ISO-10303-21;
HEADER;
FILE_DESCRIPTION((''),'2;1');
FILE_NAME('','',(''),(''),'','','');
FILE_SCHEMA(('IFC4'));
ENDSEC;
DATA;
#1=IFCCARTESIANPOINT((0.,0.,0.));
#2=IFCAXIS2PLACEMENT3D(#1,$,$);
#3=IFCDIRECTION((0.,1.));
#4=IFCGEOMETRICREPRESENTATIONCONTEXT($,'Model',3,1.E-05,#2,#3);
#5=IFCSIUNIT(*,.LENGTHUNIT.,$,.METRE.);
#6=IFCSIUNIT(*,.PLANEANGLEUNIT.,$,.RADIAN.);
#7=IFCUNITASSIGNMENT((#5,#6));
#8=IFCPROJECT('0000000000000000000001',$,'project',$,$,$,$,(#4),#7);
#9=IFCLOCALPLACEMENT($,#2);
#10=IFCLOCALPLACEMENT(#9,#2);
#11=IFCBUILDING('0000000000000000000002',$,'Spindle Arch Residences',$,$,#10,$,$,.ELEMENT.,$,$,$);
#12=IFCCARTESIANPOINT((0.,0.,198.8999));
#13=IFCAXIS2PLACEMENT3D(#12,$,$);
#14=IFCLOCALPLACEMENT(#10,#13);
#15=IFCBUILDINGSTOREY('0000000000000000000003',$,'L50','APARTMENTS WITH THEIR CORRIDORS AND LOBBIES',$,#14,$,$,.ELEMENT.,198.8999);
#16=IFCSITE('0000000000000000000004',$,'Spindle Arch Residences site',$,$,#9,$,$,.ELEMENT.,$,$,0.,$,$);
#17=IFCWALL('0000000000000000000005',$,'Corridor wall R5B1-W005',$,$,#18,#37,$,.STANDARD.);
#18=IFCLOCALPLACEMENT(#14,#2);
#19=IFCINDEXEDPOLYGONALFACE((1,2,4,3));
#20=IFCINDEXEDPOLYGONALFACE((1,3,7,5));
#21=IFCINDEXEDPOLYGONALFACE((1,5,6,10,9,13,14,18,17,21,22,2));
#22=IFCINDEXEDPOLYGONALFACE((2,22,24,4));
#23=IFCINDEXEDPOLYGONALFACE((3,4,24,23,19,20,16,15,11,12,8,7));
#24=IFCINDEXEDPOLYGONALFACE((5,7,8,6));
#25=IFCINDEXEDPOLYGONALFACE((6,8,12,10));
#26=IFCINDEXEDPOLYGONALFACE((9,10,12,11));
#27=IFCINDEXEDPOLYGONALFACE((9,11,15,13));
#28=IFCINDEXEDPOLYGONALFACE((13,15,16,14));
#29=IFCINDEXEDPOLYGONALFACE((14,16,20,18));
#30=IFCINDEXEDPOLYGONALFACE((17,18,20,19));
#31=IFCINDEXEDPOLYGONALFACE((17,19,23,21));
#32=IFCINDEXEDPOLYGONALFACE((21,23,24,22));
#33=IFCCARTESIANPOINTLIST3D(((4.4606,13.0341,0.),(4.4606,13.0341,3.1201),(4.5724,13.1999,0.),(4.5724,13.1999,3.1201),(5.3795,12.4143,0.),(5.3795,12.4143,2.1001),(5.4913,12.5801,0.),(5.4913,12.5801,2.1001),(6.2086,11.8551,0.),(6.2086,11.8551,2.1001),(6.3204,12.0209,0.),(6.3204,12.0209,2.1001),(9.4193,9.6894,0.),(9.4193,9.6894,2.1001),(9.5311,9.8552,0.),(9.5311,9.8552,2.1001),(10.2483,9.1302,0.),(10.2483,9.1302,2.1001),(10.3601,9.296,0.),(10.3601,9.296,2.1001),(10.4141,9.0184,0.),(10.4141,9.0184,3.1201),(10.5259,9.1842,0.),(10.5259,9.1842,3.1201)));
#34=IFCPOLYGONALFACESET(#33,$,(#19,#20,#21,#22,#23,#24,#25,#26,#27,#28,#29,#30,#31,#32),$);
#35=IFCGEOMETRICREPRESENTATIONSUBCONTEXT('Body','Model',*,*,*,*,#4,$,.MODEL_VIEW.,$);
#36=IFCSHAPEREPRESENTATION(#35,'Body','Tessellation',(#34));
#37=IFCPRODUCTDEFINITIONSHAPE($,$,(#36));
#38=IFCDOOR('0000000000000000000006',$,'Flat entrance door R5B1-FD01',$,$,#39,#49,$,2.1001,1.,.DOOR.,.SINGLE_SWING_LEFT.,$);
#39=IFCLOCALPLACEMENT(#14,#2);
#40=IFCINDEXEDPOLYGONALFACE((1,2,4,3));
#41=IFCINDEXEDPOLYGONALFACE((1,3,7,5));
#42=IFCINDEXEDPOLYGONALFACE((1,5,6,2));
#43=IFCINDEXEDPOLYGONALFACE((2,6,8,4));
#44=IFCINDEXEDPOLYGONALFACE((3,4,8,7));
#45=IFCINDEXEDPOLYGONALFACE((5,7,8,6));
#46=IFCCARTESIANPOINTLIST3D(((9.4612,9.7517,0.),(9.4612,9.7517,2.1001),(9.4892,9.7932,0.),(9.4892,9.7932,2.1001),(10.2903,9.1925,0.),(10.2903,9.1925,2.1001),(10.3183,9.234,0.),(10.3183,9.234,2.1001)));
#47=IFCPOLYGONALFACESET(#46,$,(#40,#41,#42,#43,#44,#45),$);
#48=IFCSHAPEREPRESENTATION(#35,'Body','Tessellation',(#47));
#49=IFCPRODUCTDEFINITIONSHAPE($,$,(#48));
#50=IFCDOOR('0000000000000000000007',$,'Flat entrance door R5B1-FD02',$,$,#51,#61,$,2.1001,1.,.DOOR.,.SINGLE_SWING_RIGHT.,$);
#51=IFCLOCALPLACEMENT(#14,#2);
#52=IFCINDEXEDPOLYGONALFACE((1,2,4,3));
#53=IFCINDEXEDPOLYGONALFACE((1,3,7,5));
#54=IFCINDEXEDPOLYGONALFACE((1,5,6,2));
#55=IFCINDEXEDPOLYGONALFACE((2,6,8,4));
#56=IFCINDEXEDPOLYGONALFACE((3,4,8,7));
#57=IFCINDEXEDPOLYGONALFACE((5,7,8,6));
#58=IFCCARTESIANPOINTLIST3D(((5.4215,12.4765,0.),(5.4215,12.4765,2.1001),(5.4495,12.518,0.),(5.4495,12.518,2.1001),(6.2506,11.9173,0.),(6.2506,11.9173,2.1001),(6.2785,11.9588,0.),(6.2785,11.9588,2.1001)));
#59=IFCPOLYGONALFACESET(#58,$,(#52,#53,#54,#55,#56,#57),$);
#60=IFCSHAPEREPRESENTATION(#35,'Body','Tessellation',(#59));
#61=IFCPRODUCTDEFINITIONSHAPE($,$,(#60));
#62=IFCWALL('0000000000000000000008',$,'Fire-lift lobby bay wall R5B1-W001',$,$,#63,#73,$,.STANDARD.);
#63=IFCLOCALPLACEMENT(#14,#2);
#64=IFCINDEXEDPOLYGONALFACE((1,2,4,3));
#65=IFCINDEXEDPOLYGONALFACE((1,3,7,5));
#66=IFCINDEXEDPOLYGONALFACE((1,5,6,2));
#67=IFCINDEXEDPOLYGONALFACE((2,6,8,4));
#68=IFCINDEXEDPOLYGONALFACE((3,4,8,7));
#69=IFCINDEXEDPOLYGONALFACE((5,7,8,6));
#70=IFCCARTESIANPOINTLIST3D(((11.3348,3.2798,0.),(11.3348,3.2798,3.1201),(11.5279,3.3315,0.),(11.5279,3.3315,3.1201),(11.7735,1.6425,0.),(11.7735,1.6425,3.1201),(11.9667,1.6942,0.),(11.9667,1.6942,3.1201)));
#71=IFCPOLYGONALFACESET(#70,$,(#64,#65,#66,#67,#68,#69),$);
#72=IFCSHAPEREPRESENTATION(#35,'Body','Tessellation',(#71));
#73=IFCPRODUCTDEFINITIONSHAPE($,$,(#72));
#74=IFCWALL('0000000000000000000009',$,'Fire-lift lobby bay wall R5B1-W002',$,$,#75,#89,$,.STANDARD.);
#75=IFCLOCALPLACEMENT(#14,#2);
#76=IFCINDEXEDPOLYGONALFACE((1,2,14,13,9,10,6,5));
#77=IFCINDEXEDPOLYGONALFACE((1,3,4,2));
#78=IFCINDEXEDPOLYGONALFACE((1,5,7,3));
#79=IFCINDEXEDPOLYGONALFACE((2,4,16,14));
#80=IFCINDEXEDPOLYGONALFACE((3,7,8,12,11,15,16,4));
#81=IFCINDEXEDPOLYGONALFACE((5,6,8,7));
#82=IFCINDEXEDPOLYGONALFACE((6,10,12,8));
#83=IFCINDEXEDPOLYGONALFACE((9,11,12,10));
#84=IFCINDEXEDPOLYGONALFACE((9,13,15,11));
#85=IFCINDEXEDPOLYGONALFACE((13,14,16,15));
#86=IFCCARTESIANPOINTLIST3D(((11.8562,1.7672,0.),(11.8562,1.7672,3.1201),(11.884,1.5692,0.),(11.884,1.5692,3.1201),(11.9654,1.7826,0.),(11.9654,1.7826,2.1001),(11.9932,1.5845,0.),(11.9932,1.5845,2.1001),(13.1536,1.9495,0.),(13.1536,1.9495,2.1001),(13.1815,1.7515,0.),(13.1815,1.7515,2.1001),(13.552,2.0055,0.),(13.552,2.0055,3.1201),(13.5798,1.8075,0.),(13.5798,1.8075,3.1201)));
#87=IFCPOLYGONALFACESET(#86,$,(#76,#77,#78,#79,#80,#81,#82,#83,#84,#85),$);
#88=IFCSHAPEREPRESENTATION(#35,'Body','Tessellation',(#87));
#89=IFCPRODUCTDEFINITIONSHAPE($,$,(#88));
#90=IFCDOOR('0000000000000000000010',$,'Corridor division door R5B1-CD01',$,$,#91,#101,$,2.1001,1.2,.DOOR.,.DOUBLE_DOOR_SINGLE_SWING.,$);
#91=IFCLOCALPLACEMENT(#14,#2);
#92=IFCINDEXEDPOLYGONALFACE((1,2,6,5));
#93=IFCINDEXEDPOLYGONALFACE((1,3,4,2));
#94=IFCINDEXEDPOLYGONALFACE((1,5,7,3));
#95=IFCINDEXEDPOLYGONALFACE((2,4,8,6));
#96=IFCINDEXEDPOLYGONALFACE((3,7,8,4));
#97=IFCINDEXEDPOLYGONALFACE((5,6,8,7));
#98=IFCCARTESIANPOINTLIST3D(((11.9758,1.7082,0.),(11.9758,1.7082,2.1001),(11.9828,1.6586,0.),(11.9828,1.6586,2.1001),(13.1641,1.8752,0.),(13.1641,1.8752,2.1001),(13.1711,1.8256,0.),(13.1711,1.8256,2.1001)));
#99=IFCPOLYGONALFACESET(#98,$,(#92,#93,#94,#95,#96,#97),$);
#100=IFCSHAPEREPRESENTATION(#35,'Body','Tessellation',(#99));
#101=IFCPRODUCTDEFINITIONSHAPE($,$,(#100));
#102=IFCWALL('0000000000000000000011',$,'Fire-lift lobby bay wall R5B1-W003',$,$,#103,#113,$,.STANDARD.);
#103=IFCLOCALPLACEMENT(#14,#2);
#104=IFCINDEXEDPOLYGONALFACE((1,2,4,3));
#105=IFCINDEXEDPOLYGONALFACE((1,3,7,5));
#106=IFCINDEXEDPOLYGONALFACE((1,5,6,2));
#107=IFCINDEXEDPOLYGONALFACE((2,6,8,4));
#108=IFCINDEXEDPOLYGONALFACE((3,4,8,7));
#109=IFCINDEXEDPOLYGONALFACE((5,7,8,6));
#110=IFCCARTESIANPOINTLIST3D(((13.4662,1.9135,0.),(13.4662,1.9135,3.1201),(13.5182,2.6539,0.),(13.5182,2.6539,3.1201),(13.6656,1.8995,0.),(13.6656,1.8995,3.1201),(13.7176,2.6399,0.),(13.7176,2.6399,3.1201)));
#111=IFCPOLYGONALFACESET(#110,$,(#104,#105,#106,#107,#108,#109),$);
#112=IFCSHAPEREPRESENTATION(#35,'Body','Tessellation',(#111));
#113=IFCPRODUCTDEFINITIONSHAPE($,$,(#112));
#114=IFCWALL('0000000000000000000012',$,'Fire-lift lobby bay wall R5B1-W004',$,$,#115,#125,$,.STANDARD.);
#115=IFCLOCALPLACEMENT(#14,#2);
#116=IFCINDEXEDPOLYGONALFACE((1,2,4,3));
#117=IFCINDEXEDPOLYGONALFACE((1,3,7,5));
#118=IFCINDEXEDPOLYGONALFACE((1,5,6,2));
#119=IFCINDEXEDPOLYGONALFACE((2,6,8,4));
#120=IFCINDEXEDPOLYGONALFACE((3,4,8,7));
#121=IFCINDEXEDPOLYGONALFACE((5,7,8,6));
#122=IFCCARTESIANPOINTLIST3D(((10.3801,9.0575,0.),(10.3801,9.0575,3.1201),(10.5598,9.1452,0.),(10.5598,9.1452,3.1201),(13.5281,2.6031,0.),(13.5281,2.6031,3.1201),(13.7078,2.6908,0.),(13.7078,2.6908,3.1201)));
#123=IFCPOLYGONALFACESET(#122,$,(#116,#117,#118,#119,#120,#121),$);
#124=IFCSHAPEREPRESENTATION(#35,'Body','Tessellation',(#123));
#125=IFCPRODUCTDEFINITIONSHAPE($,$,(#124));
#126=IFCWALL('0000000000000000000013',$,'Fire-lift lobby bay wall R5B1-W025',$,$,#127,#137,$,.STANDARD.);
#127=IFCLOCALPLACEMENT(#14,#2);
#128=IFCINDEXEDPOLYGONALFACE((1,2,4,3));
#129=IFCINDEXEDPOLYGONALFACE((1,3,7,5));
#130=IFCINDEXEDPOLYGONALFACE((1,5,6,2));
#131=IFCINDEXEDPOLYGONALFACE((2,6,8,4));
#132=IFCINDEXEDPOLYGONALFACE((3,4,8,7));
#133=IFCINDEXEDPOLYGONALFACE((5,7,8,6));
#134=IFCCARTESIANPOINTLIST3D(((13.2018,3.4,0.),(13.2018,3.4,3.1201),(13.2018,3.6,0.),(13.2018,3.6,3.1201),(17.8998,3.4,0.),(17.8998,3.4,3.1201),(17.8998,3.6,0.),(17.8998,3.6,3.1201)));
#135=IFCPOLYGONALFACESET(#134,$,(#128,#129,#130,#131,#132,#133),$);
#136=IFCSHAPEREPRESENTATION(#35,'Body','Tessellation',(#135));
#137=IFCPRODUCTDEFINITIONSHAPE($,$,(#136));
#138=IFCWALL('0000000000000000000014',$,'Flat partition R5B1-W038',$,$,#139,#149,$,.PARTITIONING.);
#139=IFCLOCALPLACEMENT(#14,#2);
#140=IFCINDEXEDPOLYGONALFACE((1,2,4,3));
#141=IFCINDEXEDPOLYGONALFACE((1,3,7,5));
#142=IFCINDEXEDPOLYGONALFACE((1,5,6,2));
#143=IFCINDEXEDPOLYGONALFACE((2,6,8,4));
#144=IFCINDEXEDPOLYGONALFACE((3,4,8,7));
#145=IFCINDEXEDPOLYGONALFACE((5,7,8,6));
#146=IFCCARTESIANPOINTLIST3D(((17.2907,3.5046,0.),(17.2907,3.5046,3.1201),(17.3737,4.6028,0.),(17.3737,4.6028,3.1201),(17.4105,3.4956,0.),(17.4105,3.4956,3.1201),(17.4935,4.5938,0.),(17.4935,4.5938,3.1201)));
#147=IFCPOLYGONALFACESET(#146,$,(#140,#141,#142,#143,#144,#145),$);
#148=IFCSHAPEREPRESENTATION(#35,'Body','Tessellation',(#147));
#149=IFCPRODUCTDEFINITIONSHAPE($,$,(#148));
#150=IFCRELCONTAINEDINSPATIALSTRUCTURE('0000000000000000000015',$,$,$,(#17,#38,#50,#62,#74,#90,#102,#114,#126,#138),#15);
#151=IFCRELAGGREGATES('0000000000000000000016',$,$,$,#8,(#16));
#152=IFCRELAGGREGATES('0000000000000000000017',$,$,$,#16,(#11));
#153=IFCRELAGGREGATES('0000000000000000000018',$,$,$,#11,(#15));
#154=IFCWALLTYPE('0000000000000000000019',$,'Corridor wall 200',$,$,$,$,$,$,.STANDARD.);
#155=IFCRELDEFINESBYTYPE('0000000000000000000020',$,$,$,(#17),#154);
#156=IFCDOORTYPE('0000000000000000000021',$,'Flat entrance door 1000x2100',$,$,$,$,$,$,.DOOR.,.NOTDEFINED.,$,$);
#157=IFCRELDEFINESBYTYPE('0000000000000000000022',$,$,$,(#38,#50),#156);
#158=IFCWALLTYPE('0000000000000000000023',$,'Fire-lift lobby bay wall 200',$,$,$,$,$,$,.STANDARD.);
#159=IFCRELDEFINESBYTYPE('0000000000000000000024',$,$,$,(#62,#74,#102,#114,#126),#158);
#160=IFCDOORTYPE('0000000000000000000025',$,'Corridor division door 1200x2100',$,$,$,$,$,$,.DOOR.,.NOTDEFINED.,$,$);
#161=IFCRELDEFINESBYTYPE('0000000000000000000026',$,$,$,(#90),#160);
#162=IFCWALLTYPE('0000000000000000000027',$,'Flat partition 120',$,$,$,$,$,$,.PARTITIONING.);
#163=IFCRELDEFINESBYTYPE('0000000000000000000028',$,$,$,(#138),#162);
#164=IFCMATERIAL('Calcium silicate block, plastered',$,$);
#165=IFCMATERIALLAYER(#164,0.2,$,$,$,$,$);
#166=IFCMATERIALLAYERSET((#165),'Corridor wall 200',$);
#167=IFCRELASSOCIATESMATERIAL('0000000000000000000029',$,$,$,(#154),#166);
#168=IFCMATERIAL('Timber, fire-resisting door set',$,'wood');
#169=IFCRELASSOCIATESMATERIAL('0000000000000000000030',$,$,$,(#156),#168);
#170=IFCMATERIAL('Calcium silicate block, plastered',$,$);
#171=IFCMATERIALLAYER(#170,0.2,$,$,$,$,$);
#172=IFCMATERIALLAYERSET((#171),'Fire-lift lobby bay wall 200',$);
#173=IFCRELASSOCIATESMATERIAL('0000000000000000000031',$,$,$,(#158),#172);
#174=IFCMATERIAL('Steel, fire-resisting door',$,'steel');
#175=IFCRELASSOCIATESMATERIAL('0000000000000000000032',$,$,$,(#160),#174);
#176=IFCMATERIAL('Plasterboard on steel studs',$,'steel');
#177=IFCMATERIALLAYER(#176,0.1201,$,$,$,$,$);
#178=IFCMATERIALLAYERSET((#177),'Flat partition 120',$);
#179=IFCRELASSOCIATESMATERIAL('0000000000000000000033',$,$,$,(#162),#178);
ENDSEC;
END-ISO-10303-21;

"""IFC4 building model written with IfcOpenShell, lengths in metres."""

from ifc_helpers import new_model, si_unit, direction, frame, frame_2d, origin, place, context, subcontext, project, spatial, rectangle, extrude, material, layer, layer_set, type_object, element, fill, save


model = new_model("IFC4")

# Units and contexts
model_context = context("Model", 3, precision=1e-05, world=origin(), true_north=direction((0.0, 1.0)))
body_context = subcontext(model_context, "Body", "Model", "MODEL_VIEW")
ifc_project = project(units=[si_unit("LENGTHUNIT", "METRE"), si_unit("PLANEANGLEUNIT", "RADIAN")], contexts=[model_context])

# Site, building, storey
site_placement = place(None, origin())
site = spatial("IfcSite", under=ifc_project, at=site_placement, Name="Spindle Arch Residences site", CompositionType="ELEMENT", RefElevation=0.0)
building_placement = place(site_placement, origin())
building = spatial("IfcBuilding", under=site, at=building_placement, Name="Spindle Arch Residences", CompositionType="ELEMENT")
storey_placement = place(building_placement, frame((0.0, 0.0, 198.8999)))
storey = spatial("IfcBuildingStorey", under=building, at=storey_placement, Name="L50", Description="APARTMENTS WITH THEIR CORRIDORS AND LOBBIES", CompositionType="ELEMENT", Elevation=198.8999)

# Wall, openings, doors
ifc_material_1 = material(Name="Calcium silicate block, plastered")
ifc_layer_1 = layer(ifc_material_1, 0.2)
ifc_layer_set_1 = layer_set([ifc_layer_1], Name="Corridor wall 200")
wall_type_1 = type_object("IfcWallType", Name="Corridor wall 200", PredefinedType="STANDARD", material=ifc_layer_set_1)
wall_1_placement = place(storey_placement, frame((10.47, 9.1013, 0.0), z_axis=(0.0, 0.0, 1.0), x_axis=(-0.829036, 0.559195, 0.0)))
wall_1 = element("IfcWall", 1, at=wall_1_placement, inside=storey, type_object=wall_type_1, Name="Corridor wall R5B1-W005", PredefinedType="STANDARD", context=body_context, shape_type="SweptSolid", body=[
    extrude(rectangle(XDim=7.1812, YDim=0.2, at=frame_2d((3.5906, 0.0))), origin(), (0.0, 0.0, 1.0), 3.1201),
])
opening_1_placement = place(wall_1_placement, frame((0.2, 0.0, 0.0)))
opening_1 = element("IfcOpeningElement", 2, at=opening_1_placement, cuts=wall_1, PredefinedType="OPENING", context=body_context, shape_type="SweptSolid", body=[
    extrude(rectangle(XDim=1.0, YDim=2.1001, at=frame_2d((0.5, 1.05))), frame((0.0, 0.1099, 0.0), z_axis=(0.0, -1.0, 0.0), x_axis=(1.0, 0.0, 0.0)), (0.0, 0.0, 1.0), 0.22),
])
opening_2_placement = place(wall_1_placement, frame((5.0728, 0.0, 0.0)))
opening_2 = element("IfcOpeningElement", 3, at=opening_2_placement, cuts=wall_1, PredefinedType="OPENING", context=body_context, shape_type="SweptSolid", body=[
    extrude(rectangle(XDim=1.0, YDim=2.1001, at=frame_2d((0.5, 1.05))), frame((0.0, 0.1099, 0.0), z_axis=(0.0, -1.0, 0.0), x_axis=(1.0, 0.0, 0.0)), (0.0, 0.0, 1.0), 0.22),
])
ifc_material_2 = material(Name="Timber, fire-resisting door set", Category="wood")
door_type_1 = type_object("IfcDoorType", Name="Flat entrance door 1000x2100", OperationType="NOTDEFINED", PredefinedType="DOOR", material=ifc_material_2)
door_1_placement = place(opening_1_placement, origin())
door_1 = element("IfcDoor", 4, at=door_1_placement, inside=storey, type_object=door_type_1, Name="Flat entrance door R5B1-FD01", OperationType="SINGLE_SWING_LEFT", OverallHeight=2.1001, OverallWidth=1.0, PredefinedType="DOOR", context=body_context, shape_type="SweptSolid", body=[
    extrude(rectangle(XDim=1.0, YDim=2.1001, at=frame_2d((0.5, 1.05))), frame((0.0, 0.0249, 0.0), z_axis=(0.0, -1.0, 0.0), x_axis=(1.0, 0.0, 0.0)), (0.0, 0.0, 1.0), 0.05),
])
fill(opening_1, door_1)
door_2_placement = place(opening_2_placement, origin())
door_2 = element("IfcDoor", 5, at=door_2_placement, inside=storey, type_object=door_type_1, Name="Flat entrance door R5B1-FD02", OperationType="SINGLE_SWING_RIGHT", OverallHeight=2.1001, OverallWidth=1.0, PredefinedType="DOOR", context=body_context, shape_type="SweptSolid", body=[
    extrude(rectangle(XDim=1.0, YDim=2.1001, at=frame_2d((0.5, 1.05))), frame((0.0, 0.0249, 0.0), z_axis=(0.0, -1.0, 0.0), x_axis=(1.0, 0.0, 0.0)), (0.0, 0.0, 1.0), 0.05),
])
fill(opening_2, door_2)

# Wall
ifc_material_3 = material(Name="Calcium silicate block, plastered")
ifc_layer_2 = layer(ifc_material_3, 0.2)
ifc_layer_set_2 = layer_set([ifc_layer_2], Name="Fire-lift lobby bay wall 200")
wall_type_2 = type_object("IfcWallType", Name="Fire-lift lobby bay wall 200", PredefinedType="STANDARD", material=ifc_layer_set_2)
wall_2_placement = place(storey_placement, frame((11.8701, 1.6682, 0.0), z_axis=(0.0, 0.0, 1.0), x_axis=(-0.258837, 0.965921, 0.0)))
element("IfcWall", 6, at=wall_2_placement, inside=storey, type_object=wall_type_2, Name="Fire-lift lobby bay wall R5B1-W001", PredefinedType="STANDARD", context=body_context, shape_type="SweptSolid", body=[
    extrude(rectangle(XDim=1.6951, YDim=0.2, at=frame_2d((0.8477, 0.0))), origin(), (0.0, 0.0, 1.0), 3.1201),
])

# Wall, opening, door
wall_3_placement = place(storey_placement, frame((11.8701, 1.6682, 0.0), z_axis=(0.0, 0.0, 1.0), x_axis=(0.990272, 0.139146, 0.0)))
wall_3 = element("IfcWall", 7, at=wall_3_placement, inside=storey, type_object=wall_type_2, Name="Fire-lift lobby bay wall R5B1-W002", PredefinedType="STANDARD", context=body_context, shape_type="SweptSolid", body=[
    extrude(rectangle(XDim=1.7124, YDim=0.2, at=frame_2d((0.8562, 0.0))), origin(), (0.0, 0.0, 1.0), 3.1201),
])
opening_3_placement = place(wall_3_placement, frame((0.1101, 0.0, 0.0)))
opening_3 = element("IfcOpeningElement", 8, at=opening_3_placement, cuts=wall_3, PredefinedType="OPENING", context=body_context, shape_type="SweptSolid", body=[
    extrude(rectangle(XDim=1.2, YDim=2.1001, at=frame_2d((0.6001, 1.05))), frame((0.0, 0.1099, 0.0), z_axis=(0.0, -1.0, 0.0), x_axis=(1.0, 0.0, 0.0)), (0.0, 0.0, 1.0), 0.22),
])
ifc_material_4 = material(Name="Steel, fire-resisting door", Category="steel")
door_type_2 = type_object("IfcDoorType", Name="Corridor division door 1200x2100", OperationType="NOTDEFINED", PredefinedType="DOOR", material=ifc_material_4)
door_3_placement = place(opening_3_placement, origin())
door_3 = element("IfcDoor", 9, at=door_3_placement, inside=storey, type_object=door_type_2, Name="Corridor division door R5B1-CD01", OperationType="DOUBLE_DOOR_SINGLE_SWING", OverallHeight=2.1001, OverallWidth=1.2, PredefinedType="DOOR", context=body_context, shape_type="SweptSolid", body=[
    extrude(rectangle(XDim=1.2, YDim=2.1001, at=frame_2d((0.6001, 1.05))), frame((0.0, 0.0249, 0.0), z_axis=(0.0, -1.0, 0.0), x_axis=(1.0, 0.0, 0.0)), (0.0, 0.0, 1.0), 0.05),
])
fill(opening_3, door_3)

# Walls
wall_4_placement = place(storey_placement, frame((13.5659, 1.9065, 0.0), z_axis=(0.0, 0.0, 1.0), x_axis=(0.070055, 0.997543, 0.0)))
element("IfcWall", 10, at=wall_4_placement, inside=storey, type_object=wall_type_2, Name="Fire-lift lobby bay wall R5B1-W003", PredefinedType="STANDARD", context=body_context, shape_type="SweptSolid", body=[
    extrude(rectangle(XDim=0.7422, YDim=0.2, at=frame_2d((0.3711, 0.0))), origin(), (0.0, 0.0, 1.0), 3.1201),
])
wall_5_placement = place(storey_placement, frame((13.6179, 2.647, 0.0), z_axis=(0.0, 0.0, 1.0), x_axis=(-0.438366, 0.898797, 0.0)))
element("IfcWall", 11, at=wall_5_placement, inside=storey, type_object=wall_type_2, Name="Fire-lift lobby bay wall R5B1-W004", PredefinedType="STANDARD", context=body_context, shape_type="SweptSolid", body=[
    extrude(rectangle(XDim=7.1812, YDim=0.2, at=frame_2d((3.5906, 0.0))), origin(), (0.0, 0.0, 1.0), 3.1201),
])
wall_6_placement = place(storey_placement, frame((17.8999, 3.5, 0.0), z_axis=(0.0, 0.0, 1.0), x_axis=(-1.0, 0.0, 0.0)))
element("IfcWall", 12, at=wall_6_placement, inside=storey, type_object=wall_type_2, Name="Fire-lift lobby bay wall R5B1-W025", PredefinedType="STANDARD", context=body_context, shape_type="SweptSolid", body=[
    extrude(rectangle(XDim=4.698, YDim=0.2, at=frame_2d((2.3491, 0.0))), origin(), (0.0, 0.0, 1.0), 3.1201),
])
ifc_material_5 = material(Name="Plasterboard on steel studs", Category="steel")
ifc_layer_3 = layer(ifc_material_5, 0.1201)
ifc_layer_set_3 = layer_set([ifc_layer_3], Name="Flat partition 120")
wall_type_3 = type_object("IfcWallType", Name="Flat partition 120", PredefinedType="PARTITIONING", material=ifc_layer_set_3)
wall_7_placement = place(storey_placement, frame((17.3506, 3.5, 0.0), z_axis=(0.0, 0.0, 1.0), x_axis=(0.075374, 0.997155, 0.0)))
element("IfcWall", 13, at=wall_7_placement, inside=storey, type_object=wall_type_3, Name="Flat partition R5B1-W038", PredefinedType="PARTITIONING", context=body_context, shape_type="SweptSolid", body=[
    extrude(rectangle(XDim=1.1013, YDim=0.1201, at=frame_2d((0.5508, 0.0))), origin(), (0.0, 0.0, 1.0), 3.1201),
])

save(model, "model.ifc")
